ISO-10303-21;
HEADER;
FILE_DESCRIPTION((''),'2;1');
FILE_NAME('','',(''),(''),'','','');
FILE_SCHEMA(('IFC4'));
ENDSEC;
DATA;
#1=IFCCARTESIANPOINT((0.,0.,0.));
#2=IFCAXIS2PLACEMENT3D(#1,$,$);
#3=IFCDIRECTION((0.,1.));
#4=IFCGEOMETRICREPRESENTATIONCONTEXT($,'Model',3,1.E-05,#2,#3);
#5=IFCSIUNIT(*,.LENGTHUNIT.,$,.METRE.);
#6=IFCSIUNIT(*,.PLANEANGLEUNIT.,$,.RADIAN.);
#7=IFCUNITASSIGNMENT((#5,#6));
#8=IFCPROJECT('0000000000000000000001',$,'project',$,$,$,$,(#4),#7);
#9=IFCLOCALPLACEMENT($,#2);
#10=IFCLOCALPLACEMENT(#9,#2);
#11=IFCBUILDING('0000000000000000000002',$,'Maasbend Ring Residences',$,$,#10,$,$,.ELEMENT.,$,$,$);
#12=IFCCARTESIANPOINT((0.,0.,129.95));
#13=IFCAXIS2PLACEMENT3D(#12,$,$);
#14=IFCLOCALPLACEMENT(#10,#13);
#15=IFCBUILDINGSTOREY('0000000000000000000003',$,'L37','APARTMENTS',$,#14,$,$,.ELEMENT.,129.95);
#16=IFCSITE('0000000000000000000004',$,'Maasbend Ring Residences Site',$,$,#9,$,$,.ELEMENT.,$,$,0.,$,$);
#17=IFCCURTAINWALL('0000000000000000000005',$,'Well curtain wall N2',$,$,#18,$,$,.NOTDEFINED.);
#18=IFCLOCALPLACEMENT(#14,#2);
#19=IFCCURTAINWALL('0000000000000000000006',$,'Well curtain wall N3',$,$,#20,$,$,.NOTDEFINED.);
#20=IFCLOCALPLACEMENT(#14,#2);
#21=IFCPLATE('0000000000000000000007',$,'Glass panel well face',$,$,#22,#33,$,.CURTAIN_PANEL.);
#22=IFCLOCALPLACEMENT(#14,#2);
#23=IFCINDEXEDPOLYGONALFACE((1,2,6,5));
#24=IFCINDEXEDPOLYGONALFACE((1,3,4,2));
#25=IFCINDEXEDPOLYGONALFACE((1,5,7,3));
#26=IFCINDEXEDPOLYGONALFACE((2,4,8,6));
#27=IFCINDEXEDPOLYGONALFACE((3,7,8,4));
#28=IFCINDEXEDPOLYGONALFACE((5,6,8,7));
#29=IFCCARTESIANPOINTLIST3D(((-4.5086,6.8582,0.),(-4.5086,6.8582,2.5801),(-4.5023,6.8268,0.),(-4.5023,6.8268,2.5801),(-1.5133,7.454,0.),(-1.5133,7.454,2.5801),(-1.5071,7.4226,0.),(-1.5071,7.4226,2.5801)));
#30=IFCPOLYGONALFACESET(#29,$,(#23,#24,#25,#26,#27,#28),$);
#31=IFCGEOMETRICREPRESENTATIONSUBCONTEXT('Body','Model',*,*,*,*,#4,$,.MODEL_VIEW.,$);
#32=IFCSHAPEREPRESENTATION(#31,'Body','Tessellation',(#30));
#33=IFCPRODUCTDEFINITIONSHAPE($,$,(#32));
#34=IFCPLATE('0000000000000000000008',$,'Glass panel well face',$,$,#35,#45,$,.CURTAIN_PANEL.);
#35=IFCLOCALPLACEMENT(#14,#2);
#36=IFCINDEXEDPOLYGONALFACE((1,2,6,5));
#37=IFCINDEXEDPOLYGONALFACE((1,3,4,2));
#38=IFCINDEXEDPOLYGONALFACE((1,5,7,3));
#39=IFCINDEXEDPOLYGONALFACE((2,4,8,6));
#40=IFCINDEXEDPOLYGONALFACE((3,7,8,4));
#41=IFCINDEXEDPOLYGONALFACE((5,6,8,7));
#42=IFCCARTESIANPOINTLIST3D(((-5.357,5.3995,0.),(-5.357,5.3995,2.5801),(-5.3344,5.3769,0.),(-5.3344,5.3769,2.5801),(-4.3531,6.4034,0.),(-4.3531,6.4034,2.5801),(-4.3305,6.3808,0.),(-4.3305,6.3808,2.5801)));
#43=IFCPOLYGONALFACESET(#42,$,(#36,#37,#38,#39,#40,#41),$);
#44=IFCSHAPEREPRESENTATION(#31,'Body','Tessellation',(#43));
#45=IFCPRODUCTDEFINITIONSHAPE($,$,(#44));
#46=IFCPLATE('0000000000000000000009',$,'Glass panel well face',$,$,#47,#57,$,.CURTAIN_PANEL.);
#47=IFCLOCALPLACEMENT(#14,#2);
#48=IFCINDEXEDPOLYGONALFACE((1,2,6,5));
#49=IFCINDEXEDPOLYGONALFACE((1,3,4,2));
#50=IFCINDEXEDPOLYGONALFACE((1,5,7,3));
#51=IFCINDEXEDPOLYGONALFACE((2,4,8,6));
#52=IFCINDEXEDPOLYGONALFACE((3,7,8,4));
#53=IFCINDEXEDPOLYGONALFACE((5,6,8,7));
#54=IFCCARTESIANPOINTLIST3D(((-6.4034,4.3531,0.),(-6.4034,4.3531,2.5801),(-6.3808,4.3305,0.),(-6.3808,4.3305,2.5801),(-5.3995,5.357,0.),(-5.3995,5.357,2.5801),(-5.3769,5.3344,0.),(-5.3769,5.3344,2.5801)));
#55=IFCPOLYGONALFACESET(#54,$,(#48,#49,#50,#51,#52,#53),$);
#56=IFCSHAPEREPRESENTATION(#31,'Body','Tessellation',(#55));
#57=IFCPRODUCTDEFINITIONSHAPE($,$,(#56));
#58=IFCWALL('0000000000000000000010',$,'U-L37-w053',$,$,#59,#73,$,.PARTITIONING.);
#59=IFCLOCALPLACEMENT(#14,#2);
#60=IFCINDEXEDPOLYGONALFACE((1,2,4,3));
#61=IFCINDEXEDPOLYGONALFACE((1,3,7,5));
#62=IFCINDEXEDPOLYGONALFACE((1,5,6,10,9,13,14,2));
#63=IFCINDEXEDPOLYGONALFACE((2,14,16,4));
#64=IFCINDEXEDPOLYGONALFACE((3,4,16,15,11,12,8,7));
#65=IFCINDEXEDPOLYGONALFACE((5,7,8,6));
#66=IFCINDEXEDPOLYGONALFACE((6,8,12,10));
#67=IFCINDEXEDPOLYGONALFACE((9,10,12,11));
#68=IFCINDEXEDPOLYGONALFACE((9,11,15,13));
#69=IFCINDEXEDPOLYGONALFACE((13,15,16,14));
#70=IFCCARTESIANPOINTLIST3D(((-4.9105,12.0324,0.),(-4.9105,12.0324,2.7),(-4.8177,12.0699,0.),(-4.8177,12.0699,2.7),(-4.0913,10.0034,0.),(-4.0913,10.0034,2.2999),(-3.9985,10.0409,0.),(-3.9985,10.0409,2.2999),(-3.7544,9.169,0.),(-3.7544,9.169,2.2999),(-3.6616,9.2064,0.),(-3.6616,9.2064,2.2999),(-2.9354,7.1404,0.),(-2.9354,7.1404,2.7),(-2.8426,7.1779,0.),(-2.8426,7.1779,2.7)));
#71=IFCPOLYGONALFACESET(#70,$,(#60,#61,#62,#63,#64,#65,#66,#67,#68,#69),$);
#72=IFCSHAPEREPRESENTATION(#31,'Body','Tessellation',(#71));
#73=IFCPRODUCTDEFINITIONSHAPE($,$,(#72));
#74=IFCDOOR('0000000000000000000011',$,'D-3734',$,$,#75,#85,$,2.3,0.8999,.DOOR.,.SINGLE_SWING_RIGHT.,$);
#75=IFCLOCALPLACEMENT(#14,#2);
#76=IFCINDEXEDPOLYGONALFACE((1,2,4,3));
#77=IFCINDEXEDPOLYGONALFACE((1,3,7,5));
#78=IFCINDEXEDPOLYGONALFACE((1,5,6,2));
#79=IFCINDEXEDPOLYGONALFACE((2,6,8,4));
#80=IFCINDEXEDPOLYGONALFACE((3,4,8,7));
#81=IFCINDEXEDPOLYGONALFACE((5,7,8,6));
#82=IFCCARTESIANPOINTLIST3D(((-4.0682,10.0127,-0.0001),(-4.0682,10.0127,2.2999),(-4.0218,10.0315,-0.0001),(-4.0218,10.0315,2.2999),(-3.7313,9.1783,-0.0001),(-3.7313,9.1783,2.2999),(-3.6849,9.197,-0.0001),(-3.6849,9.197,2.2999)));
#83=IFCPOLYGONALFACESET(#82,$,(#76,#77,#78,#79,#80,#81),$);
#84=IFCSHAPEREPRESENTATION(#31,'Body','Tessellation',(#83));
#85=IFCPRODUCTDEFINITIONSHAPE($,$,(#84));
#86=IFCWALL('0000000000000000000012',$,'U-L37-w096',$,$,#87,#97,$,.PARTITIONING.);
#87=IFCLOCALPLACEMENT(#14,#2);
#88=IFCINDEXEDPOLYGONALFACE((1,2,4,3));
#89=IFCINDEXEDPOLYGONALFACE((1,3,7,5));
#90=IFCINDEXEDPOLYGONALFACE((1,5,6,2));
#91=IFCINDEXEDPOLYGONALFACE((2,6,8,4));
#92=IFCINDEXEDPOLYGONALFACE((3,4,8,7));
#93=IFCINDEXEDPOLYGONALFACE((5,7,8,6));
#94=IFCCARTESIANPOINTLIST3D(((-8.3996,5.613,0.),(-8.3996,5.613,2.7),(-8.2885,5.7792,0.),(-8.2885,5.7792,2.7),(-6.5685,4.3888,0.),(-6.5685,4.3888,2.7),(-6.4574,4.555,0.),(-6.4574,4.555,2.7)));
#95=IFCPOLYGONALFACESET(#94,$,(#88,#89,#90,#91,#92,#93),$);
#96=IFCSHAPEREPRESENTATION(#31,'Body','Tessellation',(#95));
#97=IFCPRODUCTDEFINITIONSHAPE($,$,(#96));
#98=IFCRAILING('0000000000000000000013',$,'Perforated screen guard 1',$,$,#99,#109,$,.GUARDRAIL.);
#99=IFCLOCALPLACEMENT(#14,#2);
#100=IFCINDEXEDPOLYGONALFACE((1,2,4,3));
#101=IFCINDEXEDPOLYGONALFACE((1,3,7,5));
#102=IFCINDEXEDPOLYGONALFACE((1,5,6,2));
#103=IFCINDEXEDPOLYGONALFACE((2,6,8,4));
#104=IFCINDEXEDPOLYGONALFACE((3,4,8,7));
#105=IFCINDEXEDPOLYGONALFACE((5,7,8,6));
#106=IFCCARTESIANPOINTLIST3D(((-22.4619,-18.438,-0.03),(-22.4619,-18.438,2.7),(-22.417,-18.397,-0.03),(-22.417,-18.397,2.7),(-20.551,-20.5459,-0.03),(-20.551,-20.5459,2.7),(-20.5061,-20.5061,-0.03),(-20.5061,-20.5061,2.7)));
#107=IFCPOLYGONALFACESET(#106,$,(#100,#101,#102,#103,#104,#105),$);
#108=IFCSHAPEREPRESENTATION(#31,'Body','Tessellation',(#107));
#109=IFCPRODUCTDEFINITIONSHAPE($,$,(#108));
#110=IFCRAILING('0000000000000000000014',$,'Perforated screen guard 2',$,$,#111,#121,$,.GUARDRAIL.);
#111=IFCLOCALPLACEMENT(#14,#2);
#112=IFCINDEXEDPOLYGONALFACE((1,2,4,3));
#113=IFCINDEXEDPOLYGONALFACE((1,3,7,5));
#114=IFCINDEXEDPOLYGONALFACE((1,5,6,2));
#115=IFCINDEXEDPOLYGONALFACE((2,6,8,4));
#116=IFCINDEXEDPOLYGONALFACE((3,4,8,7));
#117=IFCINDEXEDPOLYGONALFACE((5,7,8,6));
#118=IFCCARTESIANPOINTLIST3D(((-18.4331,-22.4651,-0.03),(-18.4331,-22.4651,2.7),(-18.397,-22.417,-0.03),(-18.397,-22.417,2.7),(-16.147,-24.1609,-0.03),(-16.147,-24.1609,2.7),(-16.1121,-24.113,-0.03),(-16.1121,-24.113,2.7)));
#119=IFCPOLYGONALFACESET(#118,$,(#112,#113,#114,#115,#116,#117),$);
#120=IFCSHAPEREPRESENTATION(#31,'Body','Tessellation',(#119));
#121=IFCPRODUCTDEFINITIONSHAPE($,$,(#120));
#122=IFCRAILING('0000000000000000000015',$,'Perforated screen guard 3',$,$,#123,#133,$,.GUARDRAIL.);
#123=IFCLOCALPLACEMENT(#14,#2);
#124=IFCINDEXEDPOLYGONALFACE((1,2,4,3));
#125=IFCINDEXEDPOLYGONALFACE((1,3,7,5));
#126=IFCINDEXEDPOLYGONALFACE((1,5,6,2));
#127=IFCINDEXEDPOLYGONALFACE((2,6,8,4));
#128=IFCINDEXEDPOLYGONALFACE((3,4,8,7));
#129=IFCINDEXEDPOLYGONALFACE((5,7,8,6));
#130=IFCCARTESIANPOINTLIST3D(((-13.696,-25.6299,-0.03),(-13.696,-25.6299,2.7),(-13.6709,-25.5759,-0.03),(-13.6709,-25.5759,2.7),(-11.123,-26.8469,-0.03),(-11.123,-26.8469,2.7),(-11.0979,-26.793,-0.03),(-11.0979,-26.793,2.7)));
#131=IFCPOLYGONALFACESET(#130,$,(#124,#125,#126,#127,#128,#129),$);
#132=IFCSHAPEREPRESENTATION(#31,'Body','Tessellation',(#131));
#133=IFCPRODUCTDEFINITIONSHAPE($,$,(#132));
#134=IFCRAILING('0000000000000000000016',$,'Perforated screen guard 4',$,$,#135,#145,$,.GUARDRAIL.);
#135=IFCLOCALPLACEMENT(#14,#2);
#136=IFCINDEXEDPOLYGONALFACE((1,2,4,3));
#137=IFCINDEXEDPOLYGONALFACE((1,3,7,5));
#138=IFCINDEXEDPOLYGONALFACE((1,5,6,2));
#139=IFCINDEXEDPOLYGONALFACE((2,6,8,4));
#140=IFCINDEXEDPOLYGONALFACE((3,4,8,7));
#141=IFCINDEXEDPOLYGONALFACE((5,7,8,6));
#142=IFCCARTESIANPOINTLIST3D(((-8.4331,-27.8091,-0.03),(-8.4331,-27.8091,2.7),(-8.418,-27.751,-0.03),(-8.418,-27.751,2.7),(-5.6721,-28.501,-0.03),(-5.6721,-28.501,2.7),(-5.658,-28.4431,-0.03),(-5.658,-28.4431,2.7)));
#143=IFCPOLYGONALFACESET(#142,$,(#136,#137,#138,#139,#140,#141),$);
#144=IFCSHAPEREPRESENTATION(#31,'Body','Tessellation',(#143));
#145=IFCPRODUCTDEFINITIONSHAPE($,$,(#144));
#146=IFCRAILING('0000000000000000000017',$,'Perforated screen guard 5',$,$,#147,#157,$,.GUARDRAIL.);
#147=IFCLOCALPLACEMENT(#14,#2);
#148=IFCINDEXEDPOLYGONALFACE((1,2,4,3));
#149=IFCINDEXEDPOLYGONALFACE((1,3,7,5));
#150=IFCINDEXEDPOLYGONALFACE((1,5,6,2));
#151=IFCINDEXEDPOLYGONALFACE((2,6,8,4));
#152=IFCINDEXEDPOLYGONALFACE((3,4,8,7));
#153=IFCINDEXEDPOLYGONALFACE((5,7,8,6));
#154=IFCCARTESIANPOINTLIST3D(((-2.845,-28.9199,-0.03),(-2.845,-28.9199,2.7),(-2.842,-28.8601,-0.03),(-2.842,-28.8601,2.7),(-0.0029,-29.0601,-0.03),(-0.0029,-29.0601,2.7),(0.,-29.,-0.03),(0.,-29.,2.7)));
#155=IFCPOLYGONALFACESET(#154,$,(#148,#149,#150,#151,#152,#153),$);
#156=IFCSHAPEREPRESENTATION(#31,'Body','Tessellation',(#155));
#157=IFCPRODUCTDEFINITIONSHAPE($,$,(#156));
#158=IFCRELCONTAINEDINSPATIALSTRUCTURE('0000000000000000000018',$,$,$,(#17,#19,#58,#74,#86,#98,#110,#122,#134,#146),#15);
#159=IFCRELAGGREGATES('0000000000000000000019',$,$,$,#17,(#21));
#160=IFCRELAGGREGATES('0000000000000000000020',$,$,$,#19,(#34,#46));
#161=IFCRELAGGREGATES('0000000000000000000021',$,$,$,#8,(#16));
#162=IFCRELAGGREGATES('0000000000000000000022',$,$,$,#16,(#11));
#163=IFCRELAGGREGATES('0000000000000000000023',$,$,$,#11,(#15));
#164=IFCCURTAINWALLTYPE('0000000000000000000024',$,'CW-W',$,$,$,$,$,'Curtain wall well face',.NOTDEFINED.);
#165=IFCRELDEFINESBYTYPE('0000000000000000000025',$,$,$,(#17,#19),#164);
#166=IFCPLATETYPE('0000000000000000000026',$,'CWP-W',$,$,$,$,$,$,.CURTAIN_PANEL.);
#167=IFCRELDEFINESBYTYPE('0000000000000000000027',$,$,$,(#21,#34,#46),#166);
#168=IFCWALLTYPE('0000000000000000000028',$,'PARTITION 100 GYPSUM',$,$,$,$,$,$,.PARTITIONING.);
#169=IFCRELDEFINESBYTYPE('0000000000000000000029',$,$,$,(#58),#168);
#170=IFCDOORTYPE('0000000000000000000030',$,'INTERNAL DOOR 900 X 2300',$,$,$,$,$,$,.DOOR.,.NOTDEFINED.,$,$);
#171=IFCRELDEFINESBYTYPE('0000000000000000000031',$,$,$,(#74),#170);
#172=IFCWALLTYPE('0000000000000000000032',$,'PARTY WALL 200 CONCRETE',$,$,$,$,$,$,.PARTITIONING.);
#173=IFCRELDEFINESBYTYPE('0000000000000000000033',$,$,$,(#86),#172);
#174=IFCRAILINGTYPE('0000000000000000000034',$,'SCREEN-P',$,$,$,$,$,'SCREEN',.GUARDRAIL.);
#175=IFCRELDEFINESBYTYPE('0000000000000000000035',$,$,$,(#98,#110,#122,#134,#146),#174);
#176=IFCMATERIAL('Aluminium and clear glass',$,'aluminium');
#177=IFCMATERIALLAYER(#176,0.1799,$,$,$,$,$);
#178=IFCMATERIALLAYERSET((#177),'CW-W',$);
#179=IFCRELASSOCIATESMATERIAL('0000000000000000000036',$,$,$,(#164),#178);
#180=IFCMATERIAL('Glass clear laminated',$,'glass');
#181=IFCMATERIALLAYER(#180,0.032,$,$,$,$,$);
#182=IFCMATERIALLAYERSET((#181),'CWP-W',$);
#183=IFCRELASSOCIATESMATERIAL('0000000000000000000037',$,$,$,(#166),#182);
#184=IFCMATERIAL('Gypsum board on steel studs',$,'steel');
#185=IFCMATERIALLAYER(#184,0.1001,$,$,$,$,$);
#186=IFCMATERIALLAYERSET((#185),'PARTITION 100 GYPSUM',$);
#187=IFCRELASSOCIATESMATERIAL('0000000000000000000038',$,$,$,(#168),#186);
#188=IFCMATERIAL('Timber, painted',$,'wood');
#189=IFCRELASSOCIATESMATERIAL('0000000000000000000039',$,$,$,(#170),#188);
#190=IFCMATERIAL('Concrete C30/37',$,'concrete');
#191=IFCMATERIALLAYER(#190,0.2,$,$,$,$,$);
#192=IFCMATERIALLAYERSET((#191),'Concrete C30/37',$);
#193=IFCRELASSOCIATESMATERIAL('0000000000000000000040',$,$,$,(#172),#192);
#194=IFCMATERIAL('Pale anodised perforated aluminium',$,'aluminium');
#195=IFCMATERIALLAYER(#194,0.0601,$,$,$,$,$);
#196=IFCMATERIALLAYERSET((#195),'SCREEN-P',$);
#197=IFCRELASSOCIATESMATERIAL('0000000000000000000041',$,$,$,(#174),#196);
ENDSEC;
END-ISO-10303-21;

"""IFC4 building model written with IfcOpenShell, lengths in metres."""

from ifc_helpers import new_model, si_unit, direction, frame, frame_2d, origin, origin_2d, place, context, subcontext, project, spatial, polyline, rectangle, outline, extrude, material, layer, layer_set, type_object, element, fill, aggregate, save


model = new_model("IFC4")

# Units and contexts
model_context = context("Model", 3, precision=1e-05, world=origin(), true_north=direction((0.0, 1.0)))
body_context = subcontext(model_context, "Body", "Model", "MODEL_VIEW")
ifc_project = project(units=[si_unit("LENGTHUNIT", "METRE"), si_unit("PLANEANGLEUNIT", "RADIAN")], contexts=[model_context])

# Site, building, storey
site_placement = place(None, origin())
site = spatial("IfcSite", under=ifc_project, at=site_placement, Name="Maasbend Ring Residences Site", CompositionType="ELEMENT", RefElevation=0.0)
building_placement = place(site_placement, origin())
building = spatial("IfcBuilding", under=site, at=building_placement, Name="Maasbend Ring Residences", CompositionType="ELEMENT")
storey_placement = place(building_placement, frame((0.0, 0.0, 129.95)))
storey = spatial("IfcBuildingStorey", under=building, at=storey_placement, Name="L37", Description="APARTMENTS", CompositionType="ELEMENT", Elevation=129.95)

# Curtain walls
ifc_material_1 = material(Name="Aluminium and clear glass", Category="aluminium")
ifc_layer_1 = layer(ifc_material_1, 0.1799)
ifc_layer_set_1 = layer_set([ifc_layer_1], Name="CW-W")
curtain_wall_type = type_object("IfcCurtainWallType", Name="CW-W", ElementType="Curtain wall well face", PredefinedType="NOTDEFINED", material=ifc_layer_set_1)
curtain_wall_1_placement = place(storey_placement, origin())
curtain_wall_1 = element("IfcCurtainWall", 1, at=curtain_wall_1_placement, inside=storey, type_object=curtain_wall_type, Name="Well curtain wall N2", PredefinedType="NOTDEFINED")
curtain_wall_2_placement = place(storey_placement, origin())
curtain_wall_2 = element("IfcCurtainWall", 2, at=curtain_wall_2_placement, inside=storey, type_object=curtain_wall_type, Name="Well curtain wall N3", PredefinedType="NOTDEFINED")

# Plates
ifc_material_2 = material(Name="Glass clear laminated", Category="glass")
ifc_layer_2 = layer(ifc_material_2, 0.032)
ifc_layer_set_2 = layer_set([ifc_layer_2], Name="CWP-W")
plate_type = type_object("IfcPlateType", Name="CWP-W", PredefinedType="CURTAIN_PANEL", material=ifc_layer_set_2)
plate_1_placement = place(storey_placement, frame((-3.0078, 7.1404, 0.0), z_axis=(0.0, 0.0, 1.0), x_axis=(-0.980785, -0.19509, 0.0)))
plate_1 = element("IfcPlate", 3, at=plate_1_placement, type_object=plate_type, Name="Glass panel well face", PredefinedType="CURTAIN_PANEL", context=body_context, shape_type="SweptSolid", body=[
    extrude(rectangle(XDim=3.054, YDim=0.032, at=origin_2d()), origin(), (0.0, 0.0, 1.0), 2.5801),
])
aggregate(curtain_wall_1, [plate_1])
plate_2_placement = place(storey_placement, frame((-4.8438, 5.8901, 0.0), z_axis=(0.0, 0.0, 1.0), x_axis=(-0.707107, -0.707107, 0.0)))
plate_2 = element("IfcPlate", 4, at=plate_2_placement, type_object=plate_type, Name="Glass panel well face", PredefinedType="CURTAIN_PANEL", context=body_context, shape_type="SweptSolid", body=[
    extrude(rectangle(XDim=1.4197, YDim=0.032, at=origin_2d()), origin(), (0.0, 0.0, 1.0), 2.5801),
])
plate_3_placement = place(storey_placement, frame((-5.8901, 4.8438, 0.0), z_axis=(0.0, 0.0, 1.0), x_axis=(-0.707107, -0.707107, 0.0)))
plate_3 = element("IfcPlate", 5, at=plate_3_placement, type_object=plate_type, Name="Glass panel well face", PredefinedType="CURTAIN_PANEL", context=body_context, shape_type="SweptSolid", body=[
    extrude(rectangle(XDim=1.4197, YDim=0.032, at=origin_2d()), origin(), (0.0, 0.0, 1.0), 2.5801),
])
aggregate(curtain_wall_2, [plate_2, plate_3])

# Wall, opening, door
ifc_material_3 = material(Name="Gypsum board on steel studs", Category="steel")
ifc_layer_3 = layer(ifc_material_3, 0.1001)
ifc_layer_set_3 = layer_set([ifc_layer_3], Name="PARTITION 100 GYPSUM")
wall_type_1 = type_object("IfcWallType", Name="PARTITION 100 GYPSUM", PredefinedType="PARTITIONING", material=ifc_layer_set_3)
wall_1_placement = place(storey_placement, frame((-4.864, 12.051, 0.0), z_axis=(0.0, 0.0, 1.0), x_axis=(0.374373, -0.927278, 0.0)))
wall_1 = element("IfcWall", 6, at=wall_1_placement, inside=storey, type_object=wall_type_1, Name="U-L37-w053", PredefinedType="PARTITIONING", context=body_context, shape_type="SweptSolid", body=[
    extrude(rectangle(XDim=5.2756, YDim=0.1001, at=frame_2d((2.6377, 0.0))), origin(), (0.0, 0.0, 1.0), 2.7),
])
opening_placement = place(wall_1_placement, frame((2.188, 0.0, 0.0)))
opening = element("IfcOpeningElement", 7, at=opening_placement, cuts=wall_1, PredefinedType="OPENING", context=body_context, shape_type="SweptSolid", body=[
    extrude(rectangle(XDim=0.8999, YDim=2.3, at=frame_2d((0.45, 1.1499))), frame((0.0, 0.0601, 0.0), z_axis=(0.0, -1.0, 0.0), x_axis=(1.0, 0.0, 0.0)), (0.0, 0.0, 1.0), 0.1201),
])
ifc_material_4 = material(Name="Timber, painted", Category="wood")
door_type = type_object("IfcDoorType", Name="INTERNAL DOOR 900 X 2300", OperationType="NOTDEFINED", PredefinedType="DOOR", material=ifc_material_4)
door_placement = place(opening_placement, origin())
door = element("IfcDoor", 8, at=door_placement, inside=storey, type_object=door_type, Name="D-3734", OperationType="SINGLE_SWING_RIGHT", OverallHeight=2.3, OverallWidth=0.8999, PredefinedType="DOOR", context=body_context, shape_type="SweptSolid", body=[
    extrude(rectangle(XDim=0.8999, YDim=2.3, at=frame_2d((0.45, 1.1499))), frame((0.0, 0.0249, 0.0), z_axis=(0.0, -1.0, 0.0), x_axis=(1.0, 0.0, 0.0)), (0.0, 0.0, 1.0), 0.05),
])
fill(opening, door)

# Wall
ifc_material_5 = material(Name="Concrete C30/37", Category="concrete")
ifc_layer_4 = layer(ifc_material_5, 0.2)
ifc_layer_set_4 = layer_set([ifc_layer_4], Name="Concrete C30/37")
wall_type_2 = type_object("IfcWallType", Name="PARTY WALL 200 CONCRETE", PredefinedType="PARTITIONING", material=ifc_layer_set_4)
wall_2_placement = place(storey_placement, frame((-6.5129, 4.4719, 0.0), z_axis=(0.0, 0.0, 1.0), x_axis=(-0.831333, 0.555774, 0.0)))
element("IfcWall", 9, at=wall_2_placement, inside=storey, type_object=wall_type_2, Name="U-L37-w096", PredefinedType="PARTITIONING", context=body_context, shape_type="SweptSolid", body=[
    extrude(rectangle(XDim=2.2026, YDim=0.2, at=frame_2d((1.1013, 0.0))), origin(), (0.0, 0.0, 1.0), 2.7),
])

# Railings
ifc_material_6 = material(Name="Pale anodised perforated aluminium", Category="aluminium")
ifc_layer_5 = layer(ifc_material_6, 0.0601)
ifc_layer_set_5 = layer_set([ifc_layer_5], Name="SCREEN-P")
railing_type = type_object("IfcRailingType", Name="SCREEN-P", ElementType="SCREEN", PredefinedType="GUARDRAIL", material=ifc_layer_set_5)
railing_1_placement = place(storey_placement, frame((0.0, 0.0, -0.03)))
element("IfcRailing", 10, at=railing_1_placement, inside=storey, type_object=railing_type, Name="Perforated screen guard 1", PredefinedType="GUARDRAIL", context=body_context, shape_type="SweptSolid", body=[
    extrude(outline(polyline([(-22.417, -18.397), (-20.5061, -20.5061), (-20.551, -20.5459), (-22.4619, -18.438), (-22.417, -18.397)])), origin(), (0.0, 0.0, 1.0), 2.73),
])
railing_2_placement = place(storey_placement, frame((0.0, 0.0, -0.03)))
element("IfcRailing", 11, at=railing_2_placement, inside=storey, type_object=railing_type, Name="Perforated screen guard 2", PredefinedType="GUARDRAIL", context=body_context, shape_type="SweptSolid", body=[
    extrude(outline(polyline([(-18.397, -22.417), (-16.1121, -24.113), (-16.147, -24.1609), (-18.4331, -22.4651), (-18.397, -22.417)])), origin(), (0.0, 0.0, 1.0), 2.73),
])
railing_3_placement = place(storey_placement, frame((0.0, 0.0, -0.03)))
element("IfcRailing", 12, at=railing_3_placement, inside=storey, type_object=railing_type, Name="Perforated screen guard 3", PredefinedType="GUARDRAIL", context=body_context, shape_type="SweptSolid", body=[
    extrude(outline(polyline([(-13.6709, -25.5759), (-11.0979, -26.793), (-11.123, -26.8469), (-13.696, -25.6299), (-13.6709, -25.5759)])), origin(), (0.0, 0.0, 1.0), 2.73),
])
railing_4_placement = place(storey_placement, frame((0.0, 0.0, -0.03)))
element("IfcRailing", 13, at=railing_4_placement, inside=storey, type_object=railing_type, Name="Perforated screen guard 4", PredefinedType="GUARDRAIL", context=body_context, shape_type="SweptSolid", body=[
    extrude(outline(polyline([(-8.418, -27.751), (-5.658, -28.4431), (-5.6721, -28.501), (-8.4331, -27.8091), (-8.418, -27.751)])), origin(), (0.0, 0.0, 1.0), 2.73),
])
railing_5_placement = place(storey_placement, frame((0.0, 0.0, -0.03)))
element("IfcRailing", 14, at=railing_5_placement, inside=storey, type_object=railing_type, Name="Perforated screen guard 5", PredefinedType="GUARDRAIL", context=body_context, shape_type="SweptSolid", body=[
    extrude(outline(polyline([(-2.842, -28.8601), (0.0, -29.0), (-0.0029, -29.0601), (-2.845, -28.9199), (-2.842, -28.8601)])), origin(), (0.0, 0.0, 1.0), 2.73),
])

save(model, "model.ifc")
